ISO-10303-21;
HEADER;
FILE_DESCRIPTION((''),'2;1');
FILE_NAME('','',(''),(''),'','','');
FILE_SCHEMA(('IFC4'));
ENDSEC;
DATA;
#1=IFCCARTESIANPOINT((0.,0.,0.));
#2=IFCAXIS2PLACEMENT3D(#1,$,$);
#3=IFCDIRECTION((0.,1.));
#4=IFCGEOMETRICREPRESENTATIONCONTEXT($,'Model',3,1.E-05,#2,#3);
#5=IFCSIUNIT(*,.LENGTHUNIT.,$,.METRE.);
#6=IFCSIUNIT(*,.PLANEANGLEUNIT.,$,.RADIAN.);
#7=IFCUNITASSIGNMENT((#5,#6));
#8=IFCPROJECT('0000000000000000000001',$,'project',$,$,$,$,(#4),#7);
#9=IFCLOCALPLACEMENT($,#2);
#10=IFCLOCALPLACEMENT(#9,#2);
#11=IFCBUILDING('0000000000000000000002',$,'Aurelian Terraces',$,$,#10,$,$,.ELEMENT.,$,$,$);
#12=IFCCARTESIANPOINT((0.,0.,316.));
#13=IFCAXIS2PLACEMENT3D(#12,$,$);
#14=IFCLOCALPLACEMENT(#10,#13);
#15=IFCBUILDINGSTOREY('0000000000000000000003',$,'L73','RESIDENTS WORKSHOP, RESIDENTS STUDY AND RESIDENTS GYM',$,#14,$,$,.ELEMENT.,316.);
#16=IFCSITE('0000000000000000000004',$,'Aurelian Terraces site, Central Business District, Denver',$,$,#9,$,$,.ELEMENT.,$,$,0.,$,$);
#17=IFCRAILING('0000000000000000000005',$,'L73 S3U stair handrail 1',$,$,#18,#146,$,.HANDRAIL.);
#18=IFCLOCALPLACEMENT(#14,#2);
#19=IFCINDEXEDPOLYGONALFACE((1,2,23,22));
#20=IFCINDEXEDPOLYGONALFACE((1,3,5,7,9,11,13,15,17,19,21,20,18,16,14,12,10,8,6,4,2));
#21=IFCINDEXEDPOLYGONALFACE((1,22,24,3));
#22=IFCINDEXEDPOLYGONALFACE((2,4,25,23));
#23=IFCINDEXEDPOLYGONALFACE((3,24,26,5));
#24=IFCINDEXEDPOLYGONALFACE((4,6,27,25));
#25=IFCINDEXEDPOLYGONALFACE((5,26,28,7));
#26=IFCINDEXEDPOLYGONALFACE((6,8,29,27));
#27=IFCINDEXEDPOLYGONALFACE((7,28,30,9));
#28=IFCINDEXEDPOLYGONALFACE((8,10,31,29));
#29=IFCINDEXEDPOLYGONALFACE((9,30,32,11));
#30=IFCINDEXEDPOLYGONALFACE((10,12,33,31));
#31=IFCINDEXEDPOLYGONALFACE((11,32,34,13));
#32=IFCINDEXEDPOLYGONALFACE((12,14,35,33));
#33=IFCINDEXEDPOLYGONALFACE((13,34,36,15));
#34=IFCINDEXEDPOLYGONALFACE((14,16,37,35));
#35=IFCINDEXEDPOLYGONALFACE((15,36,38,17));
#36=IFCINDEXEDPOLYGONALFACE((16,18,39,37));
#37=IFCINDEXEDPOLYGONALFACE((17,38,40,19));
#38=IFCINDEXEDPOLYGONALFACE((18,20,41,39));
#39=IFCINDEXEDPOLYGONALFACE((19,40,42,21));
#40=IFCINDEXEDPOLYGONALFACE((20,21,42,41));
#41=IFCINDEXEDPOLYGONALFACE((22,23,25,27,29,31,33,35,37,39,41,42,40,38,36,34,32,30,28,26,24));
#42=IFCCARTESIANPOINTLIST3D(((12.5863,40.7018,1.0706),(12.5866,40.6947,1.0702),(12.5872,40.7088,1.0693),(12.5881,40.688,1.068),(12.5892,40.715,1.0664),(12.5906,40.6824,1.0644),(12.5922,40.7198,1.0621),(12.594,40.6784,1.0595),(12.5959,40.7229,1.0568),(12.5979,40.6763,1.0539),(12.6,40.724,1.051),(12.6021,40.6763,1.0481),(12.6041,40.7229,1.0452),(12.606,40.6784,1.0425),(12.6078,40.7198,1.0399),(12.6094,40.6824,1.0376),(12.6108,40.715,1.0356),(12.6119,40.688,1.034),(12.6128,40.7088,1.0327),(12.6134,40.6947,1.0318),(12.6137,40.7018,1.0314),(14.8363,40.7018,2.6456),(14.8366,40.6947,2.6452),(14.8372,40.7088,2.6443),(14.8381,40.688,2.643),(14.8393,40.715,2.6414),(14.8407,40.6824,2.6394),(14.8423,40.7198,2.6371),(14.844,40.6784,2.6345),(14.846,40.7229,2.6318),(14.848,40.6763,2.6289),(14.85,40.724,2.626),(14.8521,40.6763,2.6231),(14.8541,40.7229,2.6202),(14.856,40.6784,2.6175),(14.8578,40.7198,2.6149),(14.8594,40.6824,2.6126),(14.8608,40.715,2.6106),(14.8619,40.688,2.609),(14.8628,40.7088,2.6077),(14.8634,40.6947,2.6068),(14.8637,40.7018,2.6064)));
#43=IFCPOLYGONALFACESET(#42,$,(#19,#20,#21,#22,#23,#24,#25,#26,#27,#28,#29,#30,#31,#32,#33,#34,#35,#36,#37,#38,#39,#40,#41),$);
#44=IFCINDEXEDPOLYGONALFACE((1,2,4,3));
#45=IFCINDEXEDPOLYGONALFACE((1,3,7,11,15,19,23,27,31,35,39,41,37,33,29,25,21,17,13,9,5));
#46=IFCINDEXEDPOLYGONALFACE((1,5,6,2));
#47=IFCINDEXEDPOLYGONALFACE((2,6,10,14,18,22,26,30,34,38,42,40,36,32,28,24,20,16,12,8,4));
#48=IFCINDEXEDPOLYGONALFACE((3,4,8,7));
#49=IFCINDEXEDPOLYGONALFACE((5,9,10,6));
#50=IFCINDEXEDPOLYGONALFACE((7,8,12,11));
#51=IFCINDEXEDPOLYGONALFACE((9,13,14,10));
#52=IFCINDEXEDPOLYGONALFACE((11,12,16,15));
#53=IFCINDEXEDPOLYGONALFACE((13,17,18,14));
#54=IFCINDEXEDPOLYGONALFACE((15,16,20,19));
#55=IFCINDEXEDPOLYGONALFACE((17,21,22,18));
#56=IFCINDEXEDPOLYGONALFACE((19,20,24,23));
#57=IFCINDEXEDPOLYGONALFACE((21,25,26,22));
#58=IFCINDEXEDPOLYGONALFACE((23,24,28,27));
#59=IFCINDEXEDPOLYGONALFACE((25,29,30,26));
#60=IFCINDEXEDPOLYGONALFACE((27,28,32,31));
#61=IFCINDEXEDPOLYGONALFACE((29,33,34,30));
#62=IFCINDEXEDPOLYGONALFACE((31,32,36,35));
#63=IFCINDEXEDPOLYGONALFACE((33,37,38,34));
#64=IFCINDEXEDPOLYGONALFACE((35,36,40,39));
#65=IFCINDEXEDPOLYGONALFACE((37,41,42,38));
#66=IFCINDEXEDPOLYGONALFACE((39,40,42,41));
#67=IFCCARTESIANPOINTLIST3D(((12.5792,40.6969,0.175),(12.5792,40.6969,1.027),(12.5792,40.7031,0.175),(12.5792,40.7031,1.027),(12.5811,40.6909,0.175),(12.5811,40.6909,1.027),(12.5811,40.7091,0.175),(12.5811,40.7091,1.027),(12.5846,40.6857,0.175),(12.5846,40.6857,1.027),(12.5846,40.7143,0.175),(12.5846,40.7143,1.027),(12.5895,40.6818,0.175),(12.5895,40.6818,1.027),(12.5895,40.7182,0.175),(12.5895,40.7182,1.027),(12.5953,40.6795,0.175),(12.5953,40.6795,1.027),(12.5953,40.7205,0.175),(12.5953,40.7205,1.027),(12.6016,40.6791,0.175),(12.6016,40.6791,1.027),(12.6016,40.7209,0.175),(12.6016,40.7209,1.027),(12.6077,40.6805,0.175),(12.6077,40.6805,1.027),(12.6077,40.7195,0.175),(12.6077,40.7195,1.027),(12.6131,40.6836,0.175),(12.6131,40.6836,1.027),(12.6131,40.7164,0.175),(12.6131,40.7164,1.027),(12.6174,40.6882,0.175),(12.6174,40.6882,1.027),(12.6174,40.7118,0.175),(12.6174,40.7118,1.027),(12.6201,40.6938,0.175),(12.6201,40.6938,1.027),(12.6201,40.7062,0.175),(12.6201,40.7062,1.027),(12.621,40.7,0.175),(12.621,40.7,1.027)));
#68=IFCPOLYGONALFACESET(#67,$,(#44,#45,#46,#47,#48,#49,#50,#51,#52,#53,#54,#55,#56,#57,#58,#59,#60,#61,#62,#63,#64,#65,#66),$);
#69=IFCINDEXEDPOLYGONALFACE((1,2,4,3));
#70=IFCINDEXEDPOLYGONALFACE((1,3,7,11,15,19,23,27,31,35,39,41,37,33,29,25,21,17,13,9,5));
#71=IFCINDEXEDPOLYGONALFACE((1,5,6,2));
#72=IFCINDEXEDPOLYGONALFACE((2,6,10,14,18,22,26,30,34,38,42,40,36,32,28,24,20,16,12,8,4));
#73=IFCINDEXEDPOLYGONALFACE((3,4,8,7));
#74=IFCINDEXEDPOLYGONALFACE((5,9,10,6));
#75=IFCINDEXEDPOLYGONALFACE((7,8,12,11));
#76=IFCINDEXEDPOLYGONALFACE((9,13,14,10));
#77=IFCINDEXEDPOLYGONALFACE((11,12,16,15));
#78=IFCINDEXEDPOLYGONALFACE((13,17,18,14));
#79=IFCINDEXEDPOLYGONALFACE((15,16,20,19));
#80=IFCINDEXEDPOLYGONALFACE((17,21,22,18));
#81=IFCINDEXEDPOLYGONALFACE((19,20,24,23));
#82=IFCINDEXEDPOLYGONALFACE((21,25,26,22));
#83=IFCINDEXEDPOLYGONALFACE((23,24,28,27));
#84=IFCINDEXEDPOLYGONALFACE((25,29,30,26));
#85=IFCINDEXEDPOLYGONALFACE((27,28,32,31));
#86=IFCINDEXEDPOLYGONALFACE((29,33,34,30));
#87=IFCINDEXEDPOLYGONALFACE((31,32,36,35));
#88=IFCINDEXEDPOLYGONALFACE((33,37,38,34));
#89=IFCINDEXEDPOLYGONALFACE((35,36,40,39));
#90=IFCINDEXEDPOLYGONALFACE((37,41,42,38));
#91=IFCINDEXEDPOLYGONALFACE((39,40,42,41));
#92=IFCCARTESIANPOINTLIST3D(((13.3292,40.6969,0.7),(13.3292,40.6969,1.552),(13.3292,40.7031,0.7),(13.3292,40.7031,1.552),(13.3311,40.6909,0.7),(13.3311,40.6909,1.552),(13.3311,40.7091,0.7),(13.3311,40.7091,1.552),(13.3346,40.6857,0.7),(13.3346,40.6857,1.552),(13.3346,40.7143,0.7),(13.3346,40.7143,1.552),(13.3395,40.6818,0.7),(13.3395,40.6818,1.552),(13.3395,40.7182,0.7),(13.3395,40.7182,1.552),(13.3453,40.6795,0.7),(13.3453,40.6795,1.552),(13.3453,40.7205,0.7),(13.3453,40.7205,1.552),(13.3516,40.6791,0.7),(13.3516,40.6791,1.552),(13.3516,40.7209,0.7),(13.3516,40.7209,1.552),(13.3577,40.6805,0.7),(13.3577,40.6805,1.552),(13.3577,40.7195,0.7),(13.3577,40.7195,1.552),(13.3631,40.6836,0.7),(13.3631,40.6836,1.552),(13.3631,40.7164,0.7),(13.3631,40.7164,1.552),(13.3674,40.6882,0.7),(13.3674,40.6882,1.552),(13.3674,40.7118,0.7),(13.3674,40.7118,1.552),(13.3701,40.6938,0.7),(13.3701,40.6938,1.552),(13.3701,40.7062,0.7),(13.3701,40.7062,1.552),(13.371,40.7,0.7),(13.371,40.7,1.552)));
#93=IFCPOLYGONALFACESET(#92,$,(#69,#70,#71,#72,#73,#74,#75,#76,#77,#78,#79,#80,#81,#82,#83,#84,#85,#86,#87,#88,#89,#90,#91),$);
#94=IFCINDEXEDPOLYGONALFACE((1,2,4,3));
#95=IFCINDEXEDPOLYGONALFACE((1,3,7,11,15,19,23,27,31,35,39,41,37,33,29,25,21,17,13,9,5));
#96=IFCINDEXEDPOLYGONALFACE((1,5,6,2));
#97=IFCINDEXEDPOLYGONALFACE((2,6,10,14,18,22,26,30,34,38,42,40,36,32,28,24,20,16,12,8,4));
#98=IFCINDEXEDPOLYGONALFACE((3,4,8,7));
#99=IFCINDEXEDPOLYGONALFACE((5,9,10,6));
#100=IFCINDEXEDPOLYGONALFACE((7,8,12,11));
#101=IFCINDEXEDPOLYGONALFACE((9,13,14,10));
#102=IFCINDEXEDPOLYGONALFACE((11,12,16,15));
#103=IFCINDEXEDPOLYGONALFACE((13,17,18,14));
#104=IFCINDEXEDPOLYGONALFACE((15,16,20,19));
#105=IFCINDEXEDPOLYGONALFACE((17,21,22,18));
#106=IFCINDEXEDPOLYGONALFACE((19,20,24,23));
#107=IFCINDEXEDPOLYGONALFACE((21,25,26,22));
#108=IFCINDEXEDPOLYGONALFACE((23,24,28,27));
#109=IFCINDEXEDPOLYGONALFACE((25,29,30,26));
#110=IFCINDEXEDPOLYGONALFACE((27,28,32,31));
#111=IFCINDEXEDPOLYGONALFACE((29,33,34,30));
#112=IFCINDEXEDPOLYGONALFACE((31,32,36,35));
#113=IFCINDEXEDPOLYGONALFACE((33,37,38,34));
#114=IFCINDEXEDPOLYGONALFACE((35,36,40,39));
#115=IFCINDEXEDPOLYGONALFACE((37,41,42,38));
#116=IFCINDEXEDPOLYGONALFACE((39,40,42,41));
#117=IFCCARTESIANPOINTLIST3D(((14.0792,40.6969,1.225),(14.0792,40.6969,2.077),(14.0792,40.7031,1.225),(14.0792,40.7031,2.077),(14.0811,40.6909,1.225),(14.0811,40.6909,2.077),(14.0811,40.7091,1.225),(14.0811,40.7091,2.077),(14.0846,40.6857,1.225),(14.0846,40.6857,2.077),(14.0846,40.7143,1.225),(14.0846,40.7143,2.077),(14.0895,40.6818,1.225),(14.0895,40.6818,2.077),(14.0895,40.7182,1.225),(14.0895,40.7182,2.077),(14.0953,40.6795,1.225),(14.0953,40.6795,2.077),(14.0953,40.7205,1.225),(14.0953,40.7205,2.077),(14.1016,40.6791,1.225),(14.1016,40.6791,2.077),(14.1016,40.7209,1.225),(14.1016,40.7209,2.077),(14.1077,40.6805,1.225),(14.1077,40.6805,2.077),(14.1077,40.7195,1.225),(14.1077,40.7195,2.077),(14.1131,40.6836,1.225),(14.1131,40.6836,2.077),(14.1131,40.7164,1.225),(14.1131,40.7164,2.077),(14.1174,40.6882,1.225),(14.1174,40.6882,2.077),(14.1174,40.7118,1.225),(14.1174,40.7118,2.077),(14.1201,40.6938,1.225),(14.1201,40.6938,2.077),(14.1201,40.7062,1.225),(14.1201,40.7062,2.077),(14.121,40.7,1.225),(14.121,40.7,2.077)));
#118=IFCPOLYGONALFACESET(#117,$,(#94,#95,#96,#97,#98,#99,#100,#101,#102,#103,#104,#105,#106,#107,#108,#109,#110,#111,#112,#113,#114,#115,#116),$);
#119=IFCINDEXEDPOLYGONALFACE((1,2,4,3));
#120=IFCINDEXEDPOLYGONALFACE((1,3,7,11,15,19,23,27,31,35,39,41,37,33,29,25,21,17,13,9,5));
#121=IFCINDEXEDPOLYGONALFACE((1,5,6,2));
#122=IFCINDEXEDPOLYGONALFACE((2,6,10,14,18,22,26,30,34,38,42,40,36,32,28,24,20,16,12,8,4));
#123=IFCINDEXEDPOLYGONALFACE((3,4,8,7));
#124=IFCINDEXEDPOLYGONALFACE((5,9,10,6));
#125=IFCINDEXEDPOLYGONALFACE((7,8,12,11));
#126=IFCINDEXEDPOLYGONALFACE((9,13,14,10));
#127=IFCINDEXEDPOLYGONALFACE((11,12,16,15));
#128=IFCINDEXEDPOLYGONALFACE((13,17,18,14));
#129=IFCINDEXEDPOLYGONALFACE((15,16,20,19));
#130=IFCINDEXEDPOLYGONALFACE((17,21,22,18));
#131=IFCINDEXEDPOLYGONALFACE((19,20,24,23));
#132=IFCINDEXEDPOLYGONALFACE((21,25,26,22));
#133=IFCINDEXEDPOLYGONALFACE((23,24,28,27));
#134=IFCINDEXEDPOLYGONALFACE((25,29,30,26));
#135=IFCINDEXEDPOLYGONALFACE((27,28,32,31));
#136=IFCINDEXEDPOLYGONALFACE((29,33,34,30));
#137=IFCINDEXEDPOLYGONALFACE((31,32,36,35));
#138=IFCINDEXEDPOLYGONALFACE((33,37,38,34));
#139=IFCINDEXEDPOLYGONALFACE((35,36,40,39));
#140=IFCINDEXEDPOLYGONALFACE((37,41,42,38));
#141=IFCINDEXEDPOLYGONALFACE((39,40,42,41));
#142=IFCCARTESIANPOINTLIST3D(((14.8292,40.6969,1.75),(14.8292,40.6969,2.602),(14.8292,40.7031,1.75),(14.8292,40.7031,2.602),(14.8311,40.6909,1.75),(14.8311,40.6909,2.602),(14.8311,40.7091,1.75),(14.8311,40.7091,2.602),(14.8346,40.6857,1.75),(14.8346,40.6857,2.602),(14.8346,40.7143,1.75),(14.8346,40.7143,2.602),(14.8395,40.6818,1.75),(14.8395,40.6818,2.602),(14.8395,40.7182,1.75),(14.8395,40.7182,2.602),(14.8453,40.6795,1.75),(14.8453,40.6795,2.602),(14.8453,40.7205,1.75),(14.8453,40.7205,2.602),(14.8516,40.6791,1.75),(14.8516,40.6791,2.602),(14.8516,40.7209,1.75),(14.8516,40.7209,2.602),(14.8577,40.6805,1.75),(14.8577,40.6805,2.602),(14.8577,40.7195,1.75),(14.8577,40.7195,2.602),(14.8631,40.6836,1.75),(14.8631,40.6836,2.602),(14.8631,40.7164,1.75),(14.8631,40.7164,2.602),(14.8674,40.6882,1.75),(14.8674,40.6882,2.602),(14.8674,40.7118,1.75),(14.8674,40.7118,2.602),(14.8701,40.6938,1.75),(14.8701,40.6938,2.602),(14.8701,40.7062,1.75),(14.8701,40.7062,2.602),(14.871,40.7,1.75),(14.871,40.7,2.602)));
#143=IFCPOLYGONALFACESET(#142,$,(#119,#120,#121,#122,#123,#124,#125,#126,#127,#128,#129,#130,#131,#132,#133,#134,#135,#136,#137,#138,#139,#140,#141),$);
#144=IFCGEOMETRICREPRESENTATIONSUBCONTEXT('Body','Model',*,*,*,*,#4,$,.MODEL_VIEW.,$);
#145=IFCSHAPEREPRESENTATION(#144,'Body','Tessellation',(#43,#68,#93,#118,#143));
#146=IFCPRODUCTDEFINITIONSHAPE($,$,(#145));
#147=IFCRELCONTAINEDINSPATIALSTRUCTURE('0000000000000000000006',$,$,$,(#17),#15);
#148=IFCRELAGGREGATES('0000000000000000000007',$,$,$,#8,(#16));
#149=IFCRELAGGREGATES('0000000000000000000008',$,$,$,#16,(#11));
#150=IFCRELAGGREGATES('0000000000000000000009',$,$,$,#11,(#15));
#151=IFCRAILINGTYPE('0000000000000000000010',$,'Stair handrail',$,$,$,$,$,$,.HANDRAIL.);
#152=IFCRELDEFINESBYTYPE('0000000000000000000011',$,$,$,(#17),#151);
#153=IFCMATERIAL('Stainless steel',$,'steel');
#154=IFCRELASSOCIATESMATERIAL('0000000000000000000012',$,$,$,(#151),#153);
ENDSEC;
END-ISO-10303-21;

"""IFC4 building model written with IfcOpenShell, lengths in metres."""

from ifc_helpers import new_model, si_unit, direction, frame, origin, origin_2d, place, context, subcontext, project, spatial, circle, extrude, source, transform, mapped, material, type_object, element, save


model = new_model("IFC4")

# Units and contexts
model_context = context("Model", 3, precision=1e-05, world=origin(), true_north=direction((0.0, 1.0)))
body_context = subcontext(model_context, "Body", "Model", "MODEL_VIEW")
ifc_project = project(units=[si_unit("LENGTHUNIT", "METRE"), si_unit("PLANEANGLEUNIT", "RADIAN")], contexts=[model_context])

# Site, building, storey
site_placement = place(None, origin())
site = spatial("IfcSite", under=ifc_project, at=site_placement, Name="Aurelian Terraces site, Central Business District, Denver", CompositionType="ELEMENT", RefElevation=0.0)
building_placement = place(site_placement, origin())
building = spatial("IfcBuilding", under=site, at=building_placement, Name="Aurelian Terraces", CompositionType="ELEMENT")
storey_placement = place(building_placement, frame((0.0, 0.0, 316.0)))
storey = spatial("IfcBuildingStorey", under=building, at=storey_placement, Name="L73", Description="RESIDENTS WORKSHOP, RESIDENTS STUDY AND RESIDENTS GYM", CompositionType="ELEMENT", Elevation=316.0)

# Railing
ifc_material_1 = material(Name="Stainless steel", Category="steel")
railing_type_1 = type_object("IfcRailingType", Name="Stair handrail", PredefinedType="HANDRAIL", material=ifc_material_1)
shared_shape_1 = source(origin(), body_context, "Body", "SweptSolid", [
    extrude(circle(Radius=0.024, at=origin_2d()), frame((0.0, 0.0, 0.876), z_axis=(0.819232, 0.0, 0.573462), x_axis=(0.0, 1.0, 0.0)), (0.0, 0.0, 1.0), 2.7465),
    extrude(circle(Radius=0.021, at=origin_2d()), origin(), (0.0, 0.0, 1.0), 0.852),
    extrude(circle(Radius=0.021, at=origin_2d()), frame((0.75, 0.0, 0.525)), (0.0, 0.0, 1.0), 0.852),
    extrude(circle(Radius=0.021, at=origin_2d()), frame((1.5, 0.0, 1.05)), (0.0, 0.0, 1.0), 0.852),
    extrude(circle(Radius=0.021, at=origin_2d()), frame((2.25, 0.0, 1.575)), (0.0, 0.0, 1.0), 0.852),
])
railing_1_placement = place(storey_placement, frame((12.6, 40.7, 0.175)))
element("IfcRailing", 1, at=railing_1_placement, inside=storey, type_object=railing_type_1, Name="L73 S3U stair handrail 1", PredefinedType="HANDRAIL", context=body_context, shape_type="MappedRepresentation", body=[
    mapped(shared_shape_1, transform((0.0, 0.0, 0.0), scale=1.0)),
])

save(model, "model.ifc")
